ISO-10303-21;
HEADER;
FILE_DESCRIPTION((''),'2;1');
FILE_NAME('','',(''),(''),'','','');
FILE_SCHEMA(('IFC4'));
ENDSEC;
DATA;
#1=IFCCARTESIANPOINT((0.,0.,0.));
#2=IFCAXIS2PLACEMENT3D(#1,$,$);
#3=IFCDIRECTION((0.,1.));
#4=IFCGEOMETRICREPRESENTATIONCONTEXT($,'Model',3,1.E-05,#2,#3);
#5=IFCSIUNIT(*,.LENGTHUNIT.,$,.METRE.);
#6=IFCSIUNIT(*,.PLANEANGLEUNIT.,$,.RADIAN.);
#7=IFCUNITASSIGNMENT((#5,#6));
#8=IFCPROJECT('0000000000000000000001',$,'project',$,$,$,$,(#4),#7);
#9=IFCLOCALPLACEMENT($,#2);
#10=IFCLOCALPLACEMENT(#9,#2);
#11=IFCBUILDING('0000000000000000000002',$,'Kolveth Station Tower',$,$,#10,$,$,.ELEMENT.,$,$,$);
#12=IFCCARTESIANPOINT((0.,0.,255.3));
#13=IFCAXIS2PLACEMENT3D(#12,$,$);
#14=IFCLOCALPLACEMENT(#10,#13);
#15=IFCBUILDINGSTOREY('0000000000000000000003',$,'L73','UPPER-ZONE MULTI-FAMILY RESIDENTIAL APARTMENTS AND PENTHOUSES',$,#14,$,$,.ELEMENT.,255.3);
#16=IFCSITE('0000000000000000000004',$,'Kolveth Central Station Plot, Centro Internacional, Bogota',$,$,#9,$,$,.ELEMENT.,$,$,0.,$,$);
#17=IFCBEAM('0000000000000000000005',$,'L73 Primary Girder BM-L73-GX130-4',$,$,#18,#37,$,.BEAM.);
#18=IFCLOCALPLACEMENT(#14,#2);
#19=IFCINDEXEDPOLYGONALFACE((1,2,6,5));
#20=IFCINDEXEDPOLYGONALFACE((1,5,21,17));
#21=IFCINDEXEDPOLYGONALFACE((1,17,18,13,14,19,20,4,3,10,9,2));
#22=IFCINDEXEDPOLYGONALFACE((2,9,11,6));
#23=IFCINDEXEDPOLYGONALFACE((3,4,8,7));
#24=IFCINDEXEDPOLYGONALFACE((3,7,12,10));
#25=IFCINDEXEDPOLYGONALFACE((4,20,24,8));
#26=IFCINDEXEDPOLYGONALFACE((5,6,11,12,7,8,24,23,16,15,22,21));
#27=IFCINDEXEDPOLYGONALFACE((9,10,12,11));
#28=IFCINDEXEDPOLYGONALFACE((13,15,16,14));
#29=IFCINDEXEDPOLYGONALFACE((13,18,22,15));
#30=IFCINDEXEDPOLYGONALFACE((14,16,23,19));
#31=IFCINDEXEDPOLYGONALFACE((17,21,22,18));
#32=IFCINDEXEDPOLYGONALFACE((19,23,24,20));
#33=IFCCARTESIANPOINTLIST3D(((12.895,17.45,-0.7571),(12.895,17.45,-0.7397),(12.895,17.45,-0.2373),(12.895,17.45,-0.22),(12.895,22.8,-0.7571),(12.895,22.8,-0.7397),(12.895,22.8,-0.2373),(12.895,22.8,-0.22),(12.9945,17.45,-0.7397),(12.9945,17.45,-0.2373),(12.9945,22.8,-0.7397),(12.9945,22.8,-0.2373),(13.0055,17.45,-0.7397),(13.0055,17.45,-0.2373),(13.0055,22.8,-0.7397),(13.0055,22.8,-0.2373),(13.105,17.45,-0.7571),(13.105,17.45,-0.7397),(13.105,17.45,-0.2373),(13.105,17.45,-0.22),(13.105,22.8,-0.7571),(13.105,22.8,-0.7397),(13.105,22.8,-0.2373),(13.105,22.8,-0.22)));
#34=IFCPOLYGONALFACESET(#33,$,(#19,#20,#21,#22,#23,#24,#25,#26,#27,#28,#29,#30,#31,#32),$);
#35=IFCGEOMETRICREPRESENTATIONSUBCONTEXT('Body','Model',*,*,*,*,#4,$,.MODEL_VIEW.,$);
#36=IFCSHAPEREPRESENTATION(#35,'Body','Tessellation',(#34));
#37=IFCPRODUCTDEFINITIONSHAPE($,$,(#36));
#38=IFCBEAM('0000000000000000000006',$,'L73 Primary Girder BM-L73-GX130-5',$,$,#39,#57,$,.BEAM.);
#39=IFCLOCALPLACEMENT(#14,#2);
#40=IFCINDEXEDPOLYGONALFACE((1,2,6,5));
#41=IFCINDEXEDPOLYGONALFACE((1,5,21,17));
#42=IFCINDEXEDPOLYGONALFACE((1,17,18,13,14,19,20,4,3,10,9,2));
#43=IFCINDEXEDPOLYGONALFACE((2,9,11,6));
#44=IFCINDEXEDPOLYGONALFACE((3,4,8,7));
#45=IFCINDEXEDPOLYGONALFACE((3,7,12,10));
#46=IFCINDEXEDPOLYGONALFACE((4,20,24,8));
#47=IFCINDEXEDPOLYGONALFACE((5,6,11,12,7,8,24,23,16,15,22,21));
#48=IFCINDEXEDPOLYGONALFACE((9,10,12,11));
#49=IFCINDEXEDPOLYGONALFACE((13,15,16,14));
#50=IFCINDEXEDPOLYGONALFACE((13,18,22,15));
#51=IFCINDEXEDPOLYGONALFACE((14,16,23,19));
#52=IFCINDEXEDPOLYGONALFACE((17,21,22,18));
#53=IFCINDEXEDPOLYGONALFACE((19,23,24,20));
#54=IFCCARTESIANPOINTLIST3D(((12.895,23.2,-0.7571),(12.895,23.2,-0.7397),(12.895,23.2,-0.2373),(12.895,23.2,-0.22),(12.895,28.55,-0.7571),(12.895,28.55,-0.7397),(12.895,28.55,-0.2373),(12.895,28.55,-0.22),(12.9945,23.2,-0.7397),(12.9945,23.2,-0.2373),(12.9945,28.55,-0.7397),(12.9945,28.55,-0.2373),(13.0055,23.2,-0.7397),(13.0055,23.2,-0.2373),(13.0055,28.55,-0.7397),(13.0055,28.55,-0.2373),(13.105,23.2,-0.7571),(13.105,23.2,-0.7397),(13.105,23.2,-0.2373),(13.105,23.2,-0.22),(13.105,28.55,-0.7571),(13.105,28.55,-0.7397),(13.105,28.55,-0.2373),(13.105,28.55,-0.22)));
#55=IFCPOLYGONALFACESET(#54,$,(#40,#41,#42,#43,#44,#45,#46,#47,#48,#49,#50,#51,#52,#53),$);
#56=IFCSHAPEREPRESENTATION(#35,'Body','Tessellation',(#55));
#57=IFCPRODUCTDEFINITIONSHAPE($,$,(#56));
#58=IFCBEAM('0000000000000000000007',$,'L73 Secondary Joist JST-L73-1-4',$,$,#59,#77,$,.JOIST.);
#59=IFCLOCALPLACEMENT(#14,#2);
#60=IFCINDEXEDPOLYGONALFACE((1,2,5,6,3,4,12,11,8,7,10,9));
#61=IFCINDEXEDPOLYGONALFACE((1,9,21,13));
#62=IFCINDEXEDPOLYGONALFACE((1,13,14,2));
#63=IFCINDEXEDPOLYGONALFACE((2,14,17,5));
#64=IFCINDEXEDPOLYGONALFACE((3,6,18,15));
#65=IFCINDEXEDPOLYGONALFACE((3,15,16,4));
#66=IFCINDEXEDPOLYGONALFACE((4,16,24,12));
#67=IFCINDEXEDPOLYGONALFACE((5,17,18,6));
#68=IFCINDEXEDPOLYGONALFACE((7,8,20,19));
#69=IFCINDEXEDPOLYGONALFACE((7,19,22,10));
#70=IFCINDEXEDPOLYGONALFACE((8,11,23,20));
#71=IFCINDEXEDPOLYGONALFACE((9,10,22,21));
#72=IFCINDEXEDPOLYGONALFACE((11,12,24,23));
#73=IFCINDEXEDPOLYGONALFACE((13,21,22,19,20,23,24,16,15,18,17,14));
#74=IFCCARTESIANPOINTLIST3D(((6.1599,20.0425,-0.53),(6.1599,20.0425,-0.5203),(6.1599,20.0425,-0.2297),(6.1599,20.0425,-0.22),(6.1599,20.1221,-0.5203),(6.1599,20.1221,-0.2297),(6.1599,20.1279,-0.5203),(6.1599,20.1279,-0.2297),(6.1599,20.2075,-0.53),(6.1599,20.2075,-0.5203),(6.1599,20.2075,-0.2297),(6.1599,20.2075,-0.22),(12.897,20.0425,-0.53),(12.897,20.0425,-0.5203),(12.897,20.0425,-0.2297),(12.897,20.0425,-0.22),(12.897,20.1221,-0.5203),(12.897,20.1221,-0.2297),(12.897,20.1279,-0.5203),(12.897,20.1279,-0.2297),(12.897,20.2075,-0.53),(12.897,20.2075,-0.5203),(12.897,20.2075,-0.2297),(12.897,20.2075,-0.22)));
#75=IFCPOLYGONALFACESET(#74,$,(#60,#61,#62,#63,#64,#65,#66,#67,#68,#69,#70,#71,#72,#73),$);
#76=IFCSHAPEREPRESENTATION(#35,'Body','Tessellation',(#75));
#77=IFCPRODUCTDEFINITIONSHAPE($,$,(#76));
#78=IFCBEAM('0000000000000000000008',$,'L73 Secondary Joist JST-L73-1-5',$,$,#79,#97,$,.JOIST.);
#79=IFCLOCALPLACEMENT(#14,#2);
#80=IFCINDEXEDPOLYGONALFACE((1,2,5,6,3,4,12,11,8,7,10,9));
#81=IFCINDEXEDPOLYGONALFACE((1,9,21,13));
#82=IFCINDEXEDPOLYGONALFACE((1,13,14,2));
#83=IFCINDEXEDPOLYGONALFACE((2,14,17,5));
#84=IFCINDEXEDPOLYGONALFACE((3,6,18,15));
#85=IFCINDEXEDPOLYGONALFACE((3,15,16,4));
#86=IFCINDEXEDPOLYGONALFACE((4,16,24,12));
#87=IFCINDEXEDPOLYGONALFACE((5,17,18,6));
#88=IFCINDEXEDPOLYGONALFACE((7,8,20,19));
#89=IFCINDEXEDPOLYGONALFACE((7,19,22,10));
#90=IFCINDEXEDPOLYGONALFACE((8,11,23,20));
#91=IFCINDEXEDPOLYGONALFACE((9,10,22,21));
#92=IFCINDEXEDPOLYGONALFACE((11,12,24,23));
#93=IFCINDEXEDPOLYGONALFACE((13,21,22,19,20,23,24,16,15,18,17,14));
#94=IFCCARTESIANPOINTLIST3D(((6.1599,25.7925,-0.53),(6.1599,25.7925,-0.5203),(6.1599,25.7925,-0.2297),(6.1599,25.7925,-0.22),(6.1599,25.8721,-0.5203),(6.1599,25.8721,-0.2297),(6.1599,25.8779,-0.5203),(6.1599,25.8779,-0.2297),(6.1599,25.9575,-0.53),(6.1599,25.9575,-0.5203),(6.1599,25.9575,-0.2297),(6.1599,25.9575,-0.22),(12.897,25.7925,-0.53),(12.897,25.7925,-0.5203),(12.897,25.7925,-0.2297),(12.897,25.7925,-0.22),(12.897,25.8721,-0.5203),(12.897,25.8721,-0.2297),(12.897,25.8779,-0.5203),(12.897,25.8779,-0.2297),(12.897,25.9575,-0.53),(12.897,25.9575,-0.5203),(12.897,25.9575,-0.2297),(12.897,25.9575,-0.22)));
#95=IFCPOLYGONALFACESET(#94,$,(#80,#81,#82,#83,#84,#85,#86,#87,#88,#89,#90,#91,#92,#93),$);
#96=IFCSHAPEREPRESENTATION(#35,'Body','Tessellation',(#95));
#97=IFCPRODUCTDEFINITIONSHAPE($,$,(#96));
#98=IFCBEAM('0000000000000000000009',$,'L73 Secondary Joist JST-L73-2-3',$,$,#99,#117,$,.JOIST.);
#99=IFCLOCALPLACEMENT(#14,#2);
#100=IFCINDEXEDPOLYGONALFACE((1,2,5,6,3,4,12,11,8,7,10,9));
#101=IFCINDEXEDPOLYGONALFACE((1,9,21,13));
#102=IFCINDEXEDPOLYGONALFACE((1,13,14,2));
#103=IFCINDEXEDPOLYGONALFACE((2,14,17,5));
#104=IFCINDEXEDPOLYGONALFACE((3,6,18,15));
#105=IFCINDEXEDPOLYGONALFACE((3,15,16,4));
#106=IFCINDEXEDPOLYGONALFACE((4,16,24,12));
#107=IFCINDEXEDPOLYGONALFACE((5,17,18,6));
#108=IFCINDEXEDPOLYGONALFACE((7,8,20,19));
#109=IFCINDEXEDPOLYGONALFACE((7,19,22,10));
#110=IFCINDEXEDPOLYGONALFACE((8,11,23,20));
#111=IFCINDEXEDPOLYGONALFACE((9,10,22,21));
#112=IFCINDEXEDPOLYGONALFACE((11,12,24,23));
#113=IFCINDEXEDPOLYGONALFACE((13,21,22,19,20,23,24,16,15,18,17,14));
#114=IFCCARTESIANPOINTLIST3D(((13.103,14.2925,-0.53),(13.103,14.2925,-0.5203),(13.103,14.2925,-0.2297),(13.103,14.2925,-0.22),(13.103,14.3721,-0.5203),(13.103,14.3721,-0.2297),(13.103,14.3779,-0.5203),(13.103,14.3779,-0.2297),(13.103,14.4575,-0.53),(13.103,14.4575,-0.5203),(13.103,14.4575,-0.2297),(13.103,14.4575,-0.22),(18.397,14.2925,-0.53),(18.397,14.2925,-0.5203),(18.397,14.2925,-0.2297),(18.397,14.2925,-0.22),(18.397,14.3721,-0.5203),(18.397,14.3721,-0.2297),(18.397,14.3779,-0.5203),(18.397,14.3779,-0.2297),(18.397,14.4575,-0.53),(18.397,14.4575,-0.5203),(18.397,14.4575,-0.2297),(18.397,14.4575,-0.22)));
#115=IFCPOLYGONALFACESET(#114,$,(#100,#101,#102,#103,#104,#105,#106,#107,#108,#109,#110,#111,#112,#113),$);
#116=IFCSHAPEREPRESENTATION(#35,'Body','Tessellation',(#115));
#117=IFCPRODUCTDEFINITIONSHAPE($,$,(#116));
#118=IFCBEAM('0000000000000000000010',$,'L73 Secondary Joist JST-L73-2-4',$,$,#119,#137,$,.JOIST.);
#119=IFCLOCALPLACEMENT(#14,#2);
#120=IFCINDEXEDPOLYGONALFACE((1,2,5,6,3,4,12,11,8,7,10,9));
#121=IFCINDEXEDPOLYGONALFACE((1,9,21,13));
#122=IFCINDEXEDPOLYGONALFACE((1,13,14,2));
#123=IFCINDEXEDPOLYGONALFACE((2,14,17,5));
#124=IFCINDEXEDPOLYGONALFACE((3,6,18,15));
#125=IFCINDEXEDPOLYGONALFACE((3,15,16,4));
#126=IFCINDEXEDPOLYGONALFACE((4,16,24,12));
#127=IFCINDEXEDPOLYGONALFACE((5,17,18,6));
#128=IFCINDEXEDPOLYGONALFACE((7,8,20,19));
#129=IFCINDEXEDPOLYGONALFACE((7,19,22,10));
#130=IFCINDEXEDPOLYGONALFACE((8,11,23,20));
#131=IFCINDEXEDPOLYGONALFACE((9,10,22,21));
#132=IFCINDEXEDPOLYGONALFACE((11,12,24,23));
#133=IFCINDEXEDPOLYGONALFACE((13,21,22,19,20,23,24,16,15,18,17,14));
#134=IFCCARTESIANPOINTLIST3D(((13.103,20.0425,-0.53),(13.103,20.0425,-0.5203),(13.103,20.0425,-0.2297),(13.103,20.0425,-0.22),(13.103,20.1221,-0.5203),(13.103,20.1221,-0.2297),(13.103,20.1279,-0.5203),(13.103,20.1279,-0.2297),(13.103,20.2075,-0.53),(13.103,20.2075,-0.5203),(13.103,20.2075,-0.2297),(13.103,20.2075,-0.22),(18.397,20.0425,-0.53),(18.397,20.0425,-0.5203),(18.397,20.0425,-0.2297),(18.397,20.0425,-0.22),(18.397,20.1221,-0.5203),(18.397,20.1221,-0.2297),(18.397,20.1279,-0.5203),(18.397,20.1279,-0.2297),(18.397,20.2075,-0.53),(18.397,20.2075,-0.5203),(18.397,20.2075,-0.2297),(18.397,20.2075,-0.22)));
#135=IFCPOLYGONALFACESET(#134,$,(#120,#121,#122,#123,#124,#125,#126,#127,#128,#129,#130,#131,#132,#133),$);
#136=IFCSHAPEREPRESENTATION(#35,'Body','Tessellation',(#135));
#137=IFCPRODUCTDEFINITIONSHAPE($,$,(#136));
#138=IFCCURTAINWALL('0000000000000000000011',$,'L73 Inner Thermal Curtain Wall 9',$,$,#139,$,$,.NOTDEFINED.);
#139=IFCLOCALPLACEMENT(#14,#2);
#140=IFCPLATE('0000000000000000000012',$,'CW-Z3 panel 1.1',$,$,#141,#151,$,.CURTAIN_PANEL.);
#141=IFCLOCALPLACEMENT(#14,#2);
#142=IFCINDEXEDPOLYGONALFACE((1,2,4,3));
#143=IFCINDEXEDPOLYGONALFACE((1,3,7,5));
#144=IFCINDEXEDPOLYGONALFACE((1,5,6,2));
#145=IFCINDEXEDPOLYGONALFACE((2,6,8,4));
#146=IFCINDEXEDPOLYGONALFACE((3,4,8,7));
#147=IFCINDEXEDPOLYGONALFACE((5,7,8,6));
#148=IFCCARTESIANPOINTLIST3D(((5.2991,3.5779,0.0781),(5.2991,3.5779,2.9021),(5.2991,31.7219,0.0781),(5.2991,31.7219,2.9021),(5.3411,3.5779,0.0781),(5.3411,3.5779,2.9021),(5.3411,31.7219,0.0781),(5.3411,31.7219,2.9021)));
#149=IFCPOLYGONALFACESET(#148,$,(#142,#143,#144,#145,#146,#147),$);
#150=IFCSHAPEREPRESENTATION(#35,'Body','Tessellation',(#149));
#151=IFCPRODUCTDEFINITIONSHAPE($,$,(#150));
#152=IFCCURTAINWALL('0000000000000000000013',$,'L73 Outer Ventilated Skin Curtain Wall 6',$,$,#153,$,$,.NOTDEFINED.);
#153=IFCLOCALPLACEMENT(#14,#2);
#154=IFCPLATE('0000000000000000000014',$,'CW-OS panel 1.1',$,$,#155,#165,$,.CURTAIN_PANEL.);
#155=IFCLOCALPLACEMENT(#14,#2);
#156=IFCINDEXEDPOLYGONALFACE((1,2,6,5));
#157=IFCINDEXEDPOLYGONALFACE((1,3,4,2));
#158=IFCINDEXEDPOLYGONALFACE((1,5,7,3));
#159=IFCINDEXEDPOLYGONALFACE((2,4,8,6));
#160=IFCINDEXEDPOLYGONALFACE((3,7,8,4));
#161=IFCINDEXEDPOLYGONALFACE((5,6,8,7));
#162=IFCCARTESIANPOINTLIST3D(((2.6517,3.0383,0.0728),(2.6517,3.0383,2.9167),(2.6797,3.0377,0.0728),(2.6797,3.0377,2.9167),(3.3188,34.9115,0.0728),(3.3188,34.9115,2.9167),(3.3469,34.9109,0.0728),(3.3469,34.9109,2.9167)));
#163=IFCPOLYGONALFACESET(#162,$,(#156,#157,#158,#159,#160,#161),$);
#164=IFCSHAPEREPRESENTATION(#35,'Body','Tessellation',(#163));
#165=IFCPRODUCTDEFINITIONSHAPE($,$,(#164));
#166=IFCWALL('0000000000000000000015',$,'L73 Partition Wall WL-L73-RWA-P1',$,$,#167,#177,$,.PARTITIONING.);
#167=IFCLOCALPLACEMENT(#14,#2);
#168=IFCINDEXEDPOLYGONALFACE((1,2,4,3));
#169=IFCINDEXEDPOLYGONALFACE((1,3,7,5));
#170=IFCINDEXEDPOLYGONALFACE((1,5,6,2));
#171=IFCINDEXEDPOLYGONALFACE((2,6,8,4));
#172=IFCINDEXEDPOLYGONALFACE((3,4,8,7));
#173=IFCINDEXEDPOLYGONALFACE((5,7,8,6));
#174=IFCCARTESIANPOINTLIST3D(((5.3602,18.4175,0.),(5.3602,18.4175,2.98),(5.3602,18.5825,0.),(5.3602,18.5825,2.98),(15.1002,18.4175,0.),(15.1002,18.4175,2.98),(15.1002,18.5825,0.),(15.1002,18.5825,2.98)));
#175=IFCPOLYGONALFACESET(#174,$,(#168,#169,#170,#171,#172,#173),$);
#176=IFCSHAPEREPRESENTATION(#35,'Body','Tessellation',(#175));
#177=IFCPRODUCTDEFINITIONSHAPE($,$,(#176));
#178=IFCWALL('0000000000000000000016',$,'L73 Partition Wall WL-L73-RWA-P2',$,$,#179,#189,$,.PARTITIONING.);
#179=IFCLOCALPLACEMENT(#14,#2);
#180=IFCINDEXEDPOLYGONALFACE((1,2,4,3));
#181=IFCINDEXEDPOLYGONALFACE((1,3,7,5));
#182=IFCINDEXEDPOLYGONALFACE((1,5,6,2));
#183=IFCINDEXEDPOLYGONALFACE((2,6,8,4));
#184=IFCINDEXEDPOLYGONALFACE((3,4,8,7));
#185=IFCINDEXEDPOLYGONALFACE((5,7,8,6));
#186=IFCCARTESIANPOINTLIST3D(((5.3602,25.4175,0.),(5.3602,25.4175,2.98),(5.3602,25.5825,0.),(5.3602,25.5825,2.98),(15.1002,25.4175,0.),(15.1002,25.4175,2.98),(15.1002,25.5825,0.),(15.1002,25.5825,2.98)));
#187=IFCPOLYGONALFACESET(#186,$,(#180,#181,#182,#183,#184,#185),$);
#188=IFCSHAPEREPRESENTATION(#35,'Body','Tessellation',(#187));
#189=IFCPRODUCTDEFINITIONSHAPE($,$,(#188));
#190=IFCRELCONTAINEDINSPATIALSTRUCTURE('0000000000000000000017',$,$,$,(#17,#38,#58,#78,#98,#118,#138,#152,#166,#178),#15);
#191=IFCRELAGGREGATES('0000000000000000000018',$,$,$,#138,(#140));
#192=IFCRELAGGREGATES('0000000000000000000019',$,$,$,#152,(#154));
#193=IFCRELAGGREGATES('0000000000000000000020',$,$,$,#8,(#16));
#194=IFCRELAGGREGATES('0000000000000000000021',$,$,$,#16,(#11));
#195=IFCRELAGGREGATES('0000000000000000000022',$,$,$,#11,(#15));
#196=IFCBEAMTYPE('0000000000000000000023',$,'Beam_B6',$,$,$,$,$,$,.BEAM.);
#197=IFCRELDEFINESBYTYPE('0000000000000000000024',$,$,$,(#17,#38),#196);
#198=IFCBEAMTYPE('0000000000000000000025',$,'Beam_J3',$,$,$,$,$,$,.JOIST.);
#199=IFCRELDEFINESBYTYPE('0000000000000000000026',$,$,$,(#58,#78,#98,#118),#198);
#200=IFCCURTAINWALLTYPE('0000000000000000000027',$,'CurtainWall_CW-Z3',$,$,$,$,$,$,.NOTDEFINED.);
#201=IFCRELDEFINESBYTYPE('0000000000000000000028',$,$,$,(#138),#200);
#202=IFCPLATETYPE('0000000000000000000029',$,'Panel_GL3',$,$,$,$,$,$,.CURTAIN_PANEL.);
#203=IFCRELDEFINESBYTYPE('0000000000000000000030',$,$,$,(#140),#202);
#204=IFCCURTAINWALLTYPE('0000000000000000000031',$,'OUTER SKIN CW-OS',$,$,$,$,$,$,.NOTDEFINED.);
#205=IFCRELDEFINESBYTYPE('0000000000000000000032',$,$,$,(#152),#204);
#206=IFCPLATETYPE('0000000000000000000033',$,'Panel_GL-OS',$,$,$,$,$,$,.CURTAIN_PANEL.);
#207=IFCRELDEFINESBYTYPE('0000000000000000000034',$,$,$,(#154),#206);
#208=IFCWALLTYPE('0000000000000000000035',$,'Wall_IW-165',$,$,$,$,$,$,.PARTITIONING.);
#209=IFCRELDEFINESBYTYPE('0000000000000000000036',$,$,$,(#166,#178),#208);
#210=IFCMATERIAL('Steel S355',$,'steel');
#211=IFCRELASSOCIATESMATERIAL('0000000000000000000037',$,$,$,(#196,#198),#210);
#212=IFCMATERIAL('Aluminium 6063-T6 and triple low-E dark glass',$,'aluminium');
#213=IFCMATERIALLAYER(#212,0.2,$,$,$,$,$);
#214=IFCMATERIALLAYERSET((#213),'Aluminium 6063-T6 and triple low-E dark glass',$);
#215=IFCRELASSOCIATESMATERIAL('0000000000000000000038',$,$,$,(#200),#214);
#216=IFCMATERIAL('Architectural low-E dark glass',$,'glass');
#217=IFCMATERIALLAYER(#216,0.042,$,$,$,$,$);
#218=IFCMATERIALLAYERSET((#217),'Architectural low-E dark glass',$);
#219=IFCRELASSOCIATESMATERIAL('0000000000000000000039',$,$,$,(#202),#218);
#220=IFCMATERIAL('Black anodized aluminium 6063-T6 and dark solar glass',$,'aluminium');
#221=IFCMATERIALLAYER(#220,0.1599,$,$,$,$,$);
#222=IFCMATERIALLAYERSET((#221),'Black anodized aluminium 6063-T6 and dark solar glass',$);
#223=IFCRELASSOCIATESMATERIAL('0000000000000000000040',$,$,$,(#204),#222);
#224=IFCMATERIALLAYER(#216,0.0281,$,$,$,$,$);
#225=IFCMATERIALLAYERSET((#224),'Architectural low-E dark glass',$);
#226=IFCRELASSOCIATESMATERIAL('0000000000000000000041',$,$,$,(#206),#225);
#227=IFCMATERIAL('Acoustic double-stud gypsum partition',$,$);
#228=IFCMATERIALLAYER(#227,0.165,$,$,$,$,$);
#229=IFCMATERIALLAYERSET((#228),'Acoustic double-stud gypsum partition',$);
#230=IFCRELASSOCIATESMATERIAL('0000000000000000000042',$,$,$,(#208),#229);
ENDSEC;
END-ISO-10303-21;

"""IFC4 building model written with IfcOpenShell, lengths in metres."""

from ifc_helpers import new_model, si_unit, direction, frame, frame_2d, origin, origin_2d, place, context, subcontext, project, spatial, rectangle, i_section, extrude, source, transform, mapped, material, layer, layer_set, material_profile, profile_set, type_object, element, aggregate, save


model = new_model("IFC4")

# Units and contexts
model_context = context("Model", 3, precision=1e-05, world=origin(), true_north=direction((0.0, 1.0)))
body_context = subcontext(model_context, "Body", "Model", "MODEL_VIEW")
ifc_project = project(units=[si_unit("LENGTHUNIT", "METRE"), si_unit("PLANEANGLEUNIT", "RADIAN")], contexts=[model_context])

# Site, building, storey
site_placement = place(None, origin())
site = spatial("IfcSite", under=ifc_project, at=site_placement, Name="Kolveth Central Station Plot, Centro Internacional, Bogota", CompositionType="ELEMENT", RefElevation=0.0)
building_placement = place(site_placement, origin())
building = spatial("IfcBuilding", under=site, at=building_placement, Name="Kolveth Station Tower", CompositionType="ELEMENT")
storey_placement = place(building_placement, frame((0.0, 0.0, 255.3)))
storey = spatial("IfcBuildingStorey", under=building, at=storey_placement, Name="L73", Description="UPPER-ZONE MULTI-FAMILY RESIDENTIAL APARTMENTS AND PENTHOUSES", CompositionType="ELEMENT", Elevation=255.3)

# Shared definitions
ifc_material_1 = material(Name="Steel S355", Category="steel")

# Beams
ifc_material_profile_1 = material_profile(ifc_material_1, i_section(OverallWidth=0.21, OverallDepth=0.5371, WebThickness=0.011, FlangeThickness=0.0173, at=origin_2d()), Name="W530x101")
ifc_profile_set_1 = profile_set([ifc_material_profile_1], Name="Steel S355")
beam_type_1 = type_object("IfcBeamType", Name="Beam_B6", PredefinedType="BEAM", material=ifc_profile_set_1)
shared_shape_1 = source(origin(), body_context, "Body", "SweptSolid", [
    extrude(i_section(OverallWidth=0.21, OverallDepth=0.5371, WebThickness=0.011, FlangeThickness=0.0173, at=origin_2d()), origin(), (0.0, 0.0, 1.0), 5.3501),
])
for number, where, z_axis, x_axis, name in (
    (1, (13.0, 17.45, -0.4885), (0.0, 1.0, 0.0), (-1.0, 0.0, 0.0), "L73 Primary Girder BM-L73-GX130-4"),
    (2, (13.0, 23.2, -0.4885), (0.0, 1.0, 0.0), (-1.0, 0.0, 0.0), "L73 Primary Girder BM-L73-GX130-5"),
):
    element("IfcBeam", number, at=place(storey_placement, frame(where, z_axis=z_axis, x_axis=x_axis)), inside=storey, type_object=beam_type_1, Name=name, PredefinedType="BEAM", context=body_context, shape_type="MappedRepresentation", body=[
        mapped(shared_shape_1, transform((0.0, 0.0, 0.0), x_axis=(1.0, 0.0, 0.0), y_axis=(0.0, 1.0, 0.0), z_axis=(0.0, 0.0, 1.0), scale=1.0)),
    ])
ifc_material_profile_2 = material_profile(ifc_material_1, i_section(OverallWidth=0.165, OverallDepth=0.3101, WebThickness=0.0059, FlangeThickness=0.0098, at=origin_2d()), Name="W310x39")
ifc_profile_set_2 = profile_set([ifc_material_profile_2], Name="Steel S355")
beam_type_2 = type_object("IfcBeamType", Name="Beam_J3", PredefinedType="JOIST", material=ifc_profile_set_2)
shared_shape_2 = source(origin(), body_context, "Body", "SweptSolid", [
    extrude(i_section(OverallWidth=0.165, OverallDepth=0.3101, WebThickness=0.0059, FlangeThickness=0.0098, at=origin_2d()), origin(), (0.0, 0.0, 1.0), 6.7371),
])
for number, where, z_axis, x_axis, name in (
    (3, (6.1599, 20.125, -0.375), (1.0, 0.0, 0.0), (0.0, 1.0, 0.0), "L73 Secondary Joist JST-L73-1-4"),
    (4, (6.1599, 25.875, -0.375), (1.0, 0.0, 0.0), (0.0, 1.0, 0.0), "L73 Secondary Joist JST-L73-1-5"),
):
    element("IfcBeam", number, at=place(storey_placement, frame(where, z_axis=z_axis, x_axis=x_axis)), inside=storey, type_object=beam_type_2, Name=name, PredefinedType="JOIST", context=body_context, shape_type="MappedRepresentation", body=[
        mapped(shared_shape_2, transform((0.0, 0.0, 0.0), x_axis=(1.0, 0.0, 0.0), y_axis=(0.0, 1.0, 0.0), z_axis=(0.0, 0.0, 1.0), scale=1.0)),
    ])
shared_shape_3 = source(origin(), body_context, "Body", "SweptSolid", [
    extrude(i_section(OverallWidth=0.165, OverallDepth=0.3101, WebThickness=0.0059, FlangeThickness=0.0098, at=origin_2d()), origin(), (0.0, 0.0, 1.0), 5.2939),
])
for number, where, z_axis, x_axis, name in (
    (5, (13.103, 14.375, -0.375), (1.0, 0.0, 0.0), (0.0, 1.0, 0.0), "L73 Secondary Joist JST-L73-2-3"),
    (6, (13.103, 20.125, -0.375), (1.0, 0.0, 0.0), (0.0, 1.0, 0.0), "L73 Secondary Joist JST-L73-2-4"),
):
    element("IfcBeam", number, at=place(storey_placement, frame(where, z_axis=z_axis, x_axis=x_axis)), inside=storey, type_object=beam_type_2, Name=name, PredefinedType="JOIST", context=body_context, shape_type="MappedRepresentation", body=[
        mapped(shared_shape_3, transform((0.0, 0.0, 0.0), x_axis=(1.0, 0.0, 0.0), y_axis=(0.0, 1.0, 0.0), z_axis=(0.0, 0.0, 1.0), scale=1.0)),
    ])

# Curtain walls, plates
ifc_material_2 = material(Name="Aluminium 6063-T6 and triple low-E dark glass", Category="aluminium")
ifc_layer_1 = layer(ifc_material_2, 0.2)
ifc_layer_set_1 = layer_set([ifc_layer_1], Name="Aluminium 6063-T6 and triple low-E dark glass")
curtain_wall_type_1 = type_object("IfcCurtainWallType", Name="CurtainWall_CW-Z3", PredefinedType="NOTDEFINED", material=ifc_layer_set_1)
curtain_wall_1_placement = place(storey_placement, origin())
curtain_wall_1 = element("IfcCurtainWall", 7, at=curtain_wall_1_placement, inside=storey, type_object=curtain_wall_type_1, Name="L73 Inner Thermal Curtain Wall 9", PredefinedType="NOTDEFINED")
ifc_material_3 = material(Name="Architectural low-E dark glass", Category="glass")
ifc_layer_2 = layer(ifc_material_3, 0.042)
ifc_layer_set_2 = layer_set([ifc_layer_2], Name="Architectural low-E dark glass")
plate_type_1 = type_object("IfcPlateType", Name="Panel_GL3", PredefinedType="CURTAIN_PANEL", material=ifc_layer_set_2)
shared_shape_4 = source(origin(), body_context, "Body", "SweptSolid", [
    extrude(rectangle(XDim=28.144, YDim=0.042, at=origin_2d()), origin(), (0.0, 0.0, 1.0), 2.824),
])
plate_1_placement = place(storey_placement, frame((5.3201, 17.6499, 0.0781), z_axis=(0.0, 0.0, 1.0), x_axis=(0.0, -1.0, 0.0)))
plate_1 = element("IfcPlate", 8, at=plate_1_placement, type_object=plate_type_1, Name="CW-Z3 panel 1.1", PredefinedType="CURTAIN_PANEL", context=body_context, shape_type="MappedRepresentation", body=[
    mapped(shared_shape_4, transform((0.0, 0.0, 0.0), x_axis=(1.0, 0.0, 0.0), y_axis=(0.0, 1.0, 0.0), z_axis=(0.0, 0.0, 1.0), scale=1.0)),
])
aggregate(curtain_wall_1, [plate_1])
ifc_material_4 = material(Name="Black anodized aluminium 6063-T6 and dark solar glass", Category="aluminium")
ifc_layer_3 = layer(ifc_material_4, 0.1599)
ifc_layer_set_3 = layer_set([ifc_layer_3], Name="Black anodized aluminium 6063-T6 and dark solar glass")
curtain_wall_type_2 = type_object("IfcCurtainWallType", Name="OUTER SKIN CW-OS", PredefinedType="NOTDEFINED", material=ifc_layer_set_3)
curtain_wall_2_placement = place(storey_placement, origin())
curtain_wall_2 = element("IfcCurtainWall", 9, at=curtain_wall_2_placement, inside=storey, type_object=curtain_wall_type_2, Name="L73 Outer Ventilated Skin Curtain Wall 6", PredefinedType="NOTDEFINED")
ifc_layer_4 = layer(ifc_material_3, 0.0281)
ifc_layer_set_4 = layer_set([ifc_layer_4], Name="Architectural low-E dark glass")
plate_type_2 = type_object("IfcPlateType", Name="Panel_GL-OS", PredefinedType="CURTAIN_PANEL", material=ifc_layer_set_4)
shared_shape_5 = source(origin(), body_context, "Body", "SweptSolid", [
    extrude(rectangle(XDim=31.8801, YDim=0.0281, at=origin_2d()), origin(), (0.0, 0.0, 1.0), 2.844),
])
plate_2_placement = place(storey_placement, frame((2.9993, 18.9746, 0.0728), z_axis=(0.0, 0.0, 1.0), x_axis=(-0.020926, -0.999781, 0.0)))
plate_2 = element("IfcPlate", 10, at=plate_2_placement, type_object=plate_type_2, Name="CW-OS panel 1.1", PredefinedType="CURTAIN_PANEL", context=body_context, shape_type="MappedRepresentation", body=[
    mapped(shared_shape_5, transform((0.0, 0.0, 0.0), x_axis=(1.0, 0.0, 0.0), y_axis=(0.0, 1.0, 0.0), z_axis=(0.0, 0.0, 1.0), scale=1.0)),
])
aggregate(curtain_wall_2, [plate_2])

# Walls
ifc_material_5 = material(Name="Acoustic double-stud gypsum partition")
ifc_layer_5 = layer(ifc_material_5, 0.165)
ifc_layer_set_5 = layer_set([ifc_layer_5], Name="Acoustic double-stud gypsum partition")
wall_type = type_object("IfcWallType", Name="Wall_IW-165", PredefinedType="PARTITIONING", material=ifc_layer_set_5)
for number, where, z_axis, x_axis, name in (
    (11, (5.3601, 18.5, 0.0), (0.0, 0.0, 1.0), (1.0, 0.0, 0.0), "L73 Partition Wall WL-L73-RWA-P1"),
    (12, (5.3601, 25.5, 0.0), (0.0, 0.0, 1.0), (1.0, 0.0, 0.0), "L73 Partition Wall WL-L73-RWA-P2"),
):
    element("IfcWall", number, at=place(storey_placement, frame(where, z_axis=z_axis, x_axis=x_axis)), inside=storey, type_object=wall_type, Name=name, PredefinedType="PARTITIONING", context=body_context, shape_type="SweptSolid", body=[
        extrude(rectangle(XDim=9.74, YDim=0.165, at=frame_2d((4.8701, 0.0))), origin(), (0.0, 0.0, 1.0), 2.98),
    ])

save(model, "model.ifc")
